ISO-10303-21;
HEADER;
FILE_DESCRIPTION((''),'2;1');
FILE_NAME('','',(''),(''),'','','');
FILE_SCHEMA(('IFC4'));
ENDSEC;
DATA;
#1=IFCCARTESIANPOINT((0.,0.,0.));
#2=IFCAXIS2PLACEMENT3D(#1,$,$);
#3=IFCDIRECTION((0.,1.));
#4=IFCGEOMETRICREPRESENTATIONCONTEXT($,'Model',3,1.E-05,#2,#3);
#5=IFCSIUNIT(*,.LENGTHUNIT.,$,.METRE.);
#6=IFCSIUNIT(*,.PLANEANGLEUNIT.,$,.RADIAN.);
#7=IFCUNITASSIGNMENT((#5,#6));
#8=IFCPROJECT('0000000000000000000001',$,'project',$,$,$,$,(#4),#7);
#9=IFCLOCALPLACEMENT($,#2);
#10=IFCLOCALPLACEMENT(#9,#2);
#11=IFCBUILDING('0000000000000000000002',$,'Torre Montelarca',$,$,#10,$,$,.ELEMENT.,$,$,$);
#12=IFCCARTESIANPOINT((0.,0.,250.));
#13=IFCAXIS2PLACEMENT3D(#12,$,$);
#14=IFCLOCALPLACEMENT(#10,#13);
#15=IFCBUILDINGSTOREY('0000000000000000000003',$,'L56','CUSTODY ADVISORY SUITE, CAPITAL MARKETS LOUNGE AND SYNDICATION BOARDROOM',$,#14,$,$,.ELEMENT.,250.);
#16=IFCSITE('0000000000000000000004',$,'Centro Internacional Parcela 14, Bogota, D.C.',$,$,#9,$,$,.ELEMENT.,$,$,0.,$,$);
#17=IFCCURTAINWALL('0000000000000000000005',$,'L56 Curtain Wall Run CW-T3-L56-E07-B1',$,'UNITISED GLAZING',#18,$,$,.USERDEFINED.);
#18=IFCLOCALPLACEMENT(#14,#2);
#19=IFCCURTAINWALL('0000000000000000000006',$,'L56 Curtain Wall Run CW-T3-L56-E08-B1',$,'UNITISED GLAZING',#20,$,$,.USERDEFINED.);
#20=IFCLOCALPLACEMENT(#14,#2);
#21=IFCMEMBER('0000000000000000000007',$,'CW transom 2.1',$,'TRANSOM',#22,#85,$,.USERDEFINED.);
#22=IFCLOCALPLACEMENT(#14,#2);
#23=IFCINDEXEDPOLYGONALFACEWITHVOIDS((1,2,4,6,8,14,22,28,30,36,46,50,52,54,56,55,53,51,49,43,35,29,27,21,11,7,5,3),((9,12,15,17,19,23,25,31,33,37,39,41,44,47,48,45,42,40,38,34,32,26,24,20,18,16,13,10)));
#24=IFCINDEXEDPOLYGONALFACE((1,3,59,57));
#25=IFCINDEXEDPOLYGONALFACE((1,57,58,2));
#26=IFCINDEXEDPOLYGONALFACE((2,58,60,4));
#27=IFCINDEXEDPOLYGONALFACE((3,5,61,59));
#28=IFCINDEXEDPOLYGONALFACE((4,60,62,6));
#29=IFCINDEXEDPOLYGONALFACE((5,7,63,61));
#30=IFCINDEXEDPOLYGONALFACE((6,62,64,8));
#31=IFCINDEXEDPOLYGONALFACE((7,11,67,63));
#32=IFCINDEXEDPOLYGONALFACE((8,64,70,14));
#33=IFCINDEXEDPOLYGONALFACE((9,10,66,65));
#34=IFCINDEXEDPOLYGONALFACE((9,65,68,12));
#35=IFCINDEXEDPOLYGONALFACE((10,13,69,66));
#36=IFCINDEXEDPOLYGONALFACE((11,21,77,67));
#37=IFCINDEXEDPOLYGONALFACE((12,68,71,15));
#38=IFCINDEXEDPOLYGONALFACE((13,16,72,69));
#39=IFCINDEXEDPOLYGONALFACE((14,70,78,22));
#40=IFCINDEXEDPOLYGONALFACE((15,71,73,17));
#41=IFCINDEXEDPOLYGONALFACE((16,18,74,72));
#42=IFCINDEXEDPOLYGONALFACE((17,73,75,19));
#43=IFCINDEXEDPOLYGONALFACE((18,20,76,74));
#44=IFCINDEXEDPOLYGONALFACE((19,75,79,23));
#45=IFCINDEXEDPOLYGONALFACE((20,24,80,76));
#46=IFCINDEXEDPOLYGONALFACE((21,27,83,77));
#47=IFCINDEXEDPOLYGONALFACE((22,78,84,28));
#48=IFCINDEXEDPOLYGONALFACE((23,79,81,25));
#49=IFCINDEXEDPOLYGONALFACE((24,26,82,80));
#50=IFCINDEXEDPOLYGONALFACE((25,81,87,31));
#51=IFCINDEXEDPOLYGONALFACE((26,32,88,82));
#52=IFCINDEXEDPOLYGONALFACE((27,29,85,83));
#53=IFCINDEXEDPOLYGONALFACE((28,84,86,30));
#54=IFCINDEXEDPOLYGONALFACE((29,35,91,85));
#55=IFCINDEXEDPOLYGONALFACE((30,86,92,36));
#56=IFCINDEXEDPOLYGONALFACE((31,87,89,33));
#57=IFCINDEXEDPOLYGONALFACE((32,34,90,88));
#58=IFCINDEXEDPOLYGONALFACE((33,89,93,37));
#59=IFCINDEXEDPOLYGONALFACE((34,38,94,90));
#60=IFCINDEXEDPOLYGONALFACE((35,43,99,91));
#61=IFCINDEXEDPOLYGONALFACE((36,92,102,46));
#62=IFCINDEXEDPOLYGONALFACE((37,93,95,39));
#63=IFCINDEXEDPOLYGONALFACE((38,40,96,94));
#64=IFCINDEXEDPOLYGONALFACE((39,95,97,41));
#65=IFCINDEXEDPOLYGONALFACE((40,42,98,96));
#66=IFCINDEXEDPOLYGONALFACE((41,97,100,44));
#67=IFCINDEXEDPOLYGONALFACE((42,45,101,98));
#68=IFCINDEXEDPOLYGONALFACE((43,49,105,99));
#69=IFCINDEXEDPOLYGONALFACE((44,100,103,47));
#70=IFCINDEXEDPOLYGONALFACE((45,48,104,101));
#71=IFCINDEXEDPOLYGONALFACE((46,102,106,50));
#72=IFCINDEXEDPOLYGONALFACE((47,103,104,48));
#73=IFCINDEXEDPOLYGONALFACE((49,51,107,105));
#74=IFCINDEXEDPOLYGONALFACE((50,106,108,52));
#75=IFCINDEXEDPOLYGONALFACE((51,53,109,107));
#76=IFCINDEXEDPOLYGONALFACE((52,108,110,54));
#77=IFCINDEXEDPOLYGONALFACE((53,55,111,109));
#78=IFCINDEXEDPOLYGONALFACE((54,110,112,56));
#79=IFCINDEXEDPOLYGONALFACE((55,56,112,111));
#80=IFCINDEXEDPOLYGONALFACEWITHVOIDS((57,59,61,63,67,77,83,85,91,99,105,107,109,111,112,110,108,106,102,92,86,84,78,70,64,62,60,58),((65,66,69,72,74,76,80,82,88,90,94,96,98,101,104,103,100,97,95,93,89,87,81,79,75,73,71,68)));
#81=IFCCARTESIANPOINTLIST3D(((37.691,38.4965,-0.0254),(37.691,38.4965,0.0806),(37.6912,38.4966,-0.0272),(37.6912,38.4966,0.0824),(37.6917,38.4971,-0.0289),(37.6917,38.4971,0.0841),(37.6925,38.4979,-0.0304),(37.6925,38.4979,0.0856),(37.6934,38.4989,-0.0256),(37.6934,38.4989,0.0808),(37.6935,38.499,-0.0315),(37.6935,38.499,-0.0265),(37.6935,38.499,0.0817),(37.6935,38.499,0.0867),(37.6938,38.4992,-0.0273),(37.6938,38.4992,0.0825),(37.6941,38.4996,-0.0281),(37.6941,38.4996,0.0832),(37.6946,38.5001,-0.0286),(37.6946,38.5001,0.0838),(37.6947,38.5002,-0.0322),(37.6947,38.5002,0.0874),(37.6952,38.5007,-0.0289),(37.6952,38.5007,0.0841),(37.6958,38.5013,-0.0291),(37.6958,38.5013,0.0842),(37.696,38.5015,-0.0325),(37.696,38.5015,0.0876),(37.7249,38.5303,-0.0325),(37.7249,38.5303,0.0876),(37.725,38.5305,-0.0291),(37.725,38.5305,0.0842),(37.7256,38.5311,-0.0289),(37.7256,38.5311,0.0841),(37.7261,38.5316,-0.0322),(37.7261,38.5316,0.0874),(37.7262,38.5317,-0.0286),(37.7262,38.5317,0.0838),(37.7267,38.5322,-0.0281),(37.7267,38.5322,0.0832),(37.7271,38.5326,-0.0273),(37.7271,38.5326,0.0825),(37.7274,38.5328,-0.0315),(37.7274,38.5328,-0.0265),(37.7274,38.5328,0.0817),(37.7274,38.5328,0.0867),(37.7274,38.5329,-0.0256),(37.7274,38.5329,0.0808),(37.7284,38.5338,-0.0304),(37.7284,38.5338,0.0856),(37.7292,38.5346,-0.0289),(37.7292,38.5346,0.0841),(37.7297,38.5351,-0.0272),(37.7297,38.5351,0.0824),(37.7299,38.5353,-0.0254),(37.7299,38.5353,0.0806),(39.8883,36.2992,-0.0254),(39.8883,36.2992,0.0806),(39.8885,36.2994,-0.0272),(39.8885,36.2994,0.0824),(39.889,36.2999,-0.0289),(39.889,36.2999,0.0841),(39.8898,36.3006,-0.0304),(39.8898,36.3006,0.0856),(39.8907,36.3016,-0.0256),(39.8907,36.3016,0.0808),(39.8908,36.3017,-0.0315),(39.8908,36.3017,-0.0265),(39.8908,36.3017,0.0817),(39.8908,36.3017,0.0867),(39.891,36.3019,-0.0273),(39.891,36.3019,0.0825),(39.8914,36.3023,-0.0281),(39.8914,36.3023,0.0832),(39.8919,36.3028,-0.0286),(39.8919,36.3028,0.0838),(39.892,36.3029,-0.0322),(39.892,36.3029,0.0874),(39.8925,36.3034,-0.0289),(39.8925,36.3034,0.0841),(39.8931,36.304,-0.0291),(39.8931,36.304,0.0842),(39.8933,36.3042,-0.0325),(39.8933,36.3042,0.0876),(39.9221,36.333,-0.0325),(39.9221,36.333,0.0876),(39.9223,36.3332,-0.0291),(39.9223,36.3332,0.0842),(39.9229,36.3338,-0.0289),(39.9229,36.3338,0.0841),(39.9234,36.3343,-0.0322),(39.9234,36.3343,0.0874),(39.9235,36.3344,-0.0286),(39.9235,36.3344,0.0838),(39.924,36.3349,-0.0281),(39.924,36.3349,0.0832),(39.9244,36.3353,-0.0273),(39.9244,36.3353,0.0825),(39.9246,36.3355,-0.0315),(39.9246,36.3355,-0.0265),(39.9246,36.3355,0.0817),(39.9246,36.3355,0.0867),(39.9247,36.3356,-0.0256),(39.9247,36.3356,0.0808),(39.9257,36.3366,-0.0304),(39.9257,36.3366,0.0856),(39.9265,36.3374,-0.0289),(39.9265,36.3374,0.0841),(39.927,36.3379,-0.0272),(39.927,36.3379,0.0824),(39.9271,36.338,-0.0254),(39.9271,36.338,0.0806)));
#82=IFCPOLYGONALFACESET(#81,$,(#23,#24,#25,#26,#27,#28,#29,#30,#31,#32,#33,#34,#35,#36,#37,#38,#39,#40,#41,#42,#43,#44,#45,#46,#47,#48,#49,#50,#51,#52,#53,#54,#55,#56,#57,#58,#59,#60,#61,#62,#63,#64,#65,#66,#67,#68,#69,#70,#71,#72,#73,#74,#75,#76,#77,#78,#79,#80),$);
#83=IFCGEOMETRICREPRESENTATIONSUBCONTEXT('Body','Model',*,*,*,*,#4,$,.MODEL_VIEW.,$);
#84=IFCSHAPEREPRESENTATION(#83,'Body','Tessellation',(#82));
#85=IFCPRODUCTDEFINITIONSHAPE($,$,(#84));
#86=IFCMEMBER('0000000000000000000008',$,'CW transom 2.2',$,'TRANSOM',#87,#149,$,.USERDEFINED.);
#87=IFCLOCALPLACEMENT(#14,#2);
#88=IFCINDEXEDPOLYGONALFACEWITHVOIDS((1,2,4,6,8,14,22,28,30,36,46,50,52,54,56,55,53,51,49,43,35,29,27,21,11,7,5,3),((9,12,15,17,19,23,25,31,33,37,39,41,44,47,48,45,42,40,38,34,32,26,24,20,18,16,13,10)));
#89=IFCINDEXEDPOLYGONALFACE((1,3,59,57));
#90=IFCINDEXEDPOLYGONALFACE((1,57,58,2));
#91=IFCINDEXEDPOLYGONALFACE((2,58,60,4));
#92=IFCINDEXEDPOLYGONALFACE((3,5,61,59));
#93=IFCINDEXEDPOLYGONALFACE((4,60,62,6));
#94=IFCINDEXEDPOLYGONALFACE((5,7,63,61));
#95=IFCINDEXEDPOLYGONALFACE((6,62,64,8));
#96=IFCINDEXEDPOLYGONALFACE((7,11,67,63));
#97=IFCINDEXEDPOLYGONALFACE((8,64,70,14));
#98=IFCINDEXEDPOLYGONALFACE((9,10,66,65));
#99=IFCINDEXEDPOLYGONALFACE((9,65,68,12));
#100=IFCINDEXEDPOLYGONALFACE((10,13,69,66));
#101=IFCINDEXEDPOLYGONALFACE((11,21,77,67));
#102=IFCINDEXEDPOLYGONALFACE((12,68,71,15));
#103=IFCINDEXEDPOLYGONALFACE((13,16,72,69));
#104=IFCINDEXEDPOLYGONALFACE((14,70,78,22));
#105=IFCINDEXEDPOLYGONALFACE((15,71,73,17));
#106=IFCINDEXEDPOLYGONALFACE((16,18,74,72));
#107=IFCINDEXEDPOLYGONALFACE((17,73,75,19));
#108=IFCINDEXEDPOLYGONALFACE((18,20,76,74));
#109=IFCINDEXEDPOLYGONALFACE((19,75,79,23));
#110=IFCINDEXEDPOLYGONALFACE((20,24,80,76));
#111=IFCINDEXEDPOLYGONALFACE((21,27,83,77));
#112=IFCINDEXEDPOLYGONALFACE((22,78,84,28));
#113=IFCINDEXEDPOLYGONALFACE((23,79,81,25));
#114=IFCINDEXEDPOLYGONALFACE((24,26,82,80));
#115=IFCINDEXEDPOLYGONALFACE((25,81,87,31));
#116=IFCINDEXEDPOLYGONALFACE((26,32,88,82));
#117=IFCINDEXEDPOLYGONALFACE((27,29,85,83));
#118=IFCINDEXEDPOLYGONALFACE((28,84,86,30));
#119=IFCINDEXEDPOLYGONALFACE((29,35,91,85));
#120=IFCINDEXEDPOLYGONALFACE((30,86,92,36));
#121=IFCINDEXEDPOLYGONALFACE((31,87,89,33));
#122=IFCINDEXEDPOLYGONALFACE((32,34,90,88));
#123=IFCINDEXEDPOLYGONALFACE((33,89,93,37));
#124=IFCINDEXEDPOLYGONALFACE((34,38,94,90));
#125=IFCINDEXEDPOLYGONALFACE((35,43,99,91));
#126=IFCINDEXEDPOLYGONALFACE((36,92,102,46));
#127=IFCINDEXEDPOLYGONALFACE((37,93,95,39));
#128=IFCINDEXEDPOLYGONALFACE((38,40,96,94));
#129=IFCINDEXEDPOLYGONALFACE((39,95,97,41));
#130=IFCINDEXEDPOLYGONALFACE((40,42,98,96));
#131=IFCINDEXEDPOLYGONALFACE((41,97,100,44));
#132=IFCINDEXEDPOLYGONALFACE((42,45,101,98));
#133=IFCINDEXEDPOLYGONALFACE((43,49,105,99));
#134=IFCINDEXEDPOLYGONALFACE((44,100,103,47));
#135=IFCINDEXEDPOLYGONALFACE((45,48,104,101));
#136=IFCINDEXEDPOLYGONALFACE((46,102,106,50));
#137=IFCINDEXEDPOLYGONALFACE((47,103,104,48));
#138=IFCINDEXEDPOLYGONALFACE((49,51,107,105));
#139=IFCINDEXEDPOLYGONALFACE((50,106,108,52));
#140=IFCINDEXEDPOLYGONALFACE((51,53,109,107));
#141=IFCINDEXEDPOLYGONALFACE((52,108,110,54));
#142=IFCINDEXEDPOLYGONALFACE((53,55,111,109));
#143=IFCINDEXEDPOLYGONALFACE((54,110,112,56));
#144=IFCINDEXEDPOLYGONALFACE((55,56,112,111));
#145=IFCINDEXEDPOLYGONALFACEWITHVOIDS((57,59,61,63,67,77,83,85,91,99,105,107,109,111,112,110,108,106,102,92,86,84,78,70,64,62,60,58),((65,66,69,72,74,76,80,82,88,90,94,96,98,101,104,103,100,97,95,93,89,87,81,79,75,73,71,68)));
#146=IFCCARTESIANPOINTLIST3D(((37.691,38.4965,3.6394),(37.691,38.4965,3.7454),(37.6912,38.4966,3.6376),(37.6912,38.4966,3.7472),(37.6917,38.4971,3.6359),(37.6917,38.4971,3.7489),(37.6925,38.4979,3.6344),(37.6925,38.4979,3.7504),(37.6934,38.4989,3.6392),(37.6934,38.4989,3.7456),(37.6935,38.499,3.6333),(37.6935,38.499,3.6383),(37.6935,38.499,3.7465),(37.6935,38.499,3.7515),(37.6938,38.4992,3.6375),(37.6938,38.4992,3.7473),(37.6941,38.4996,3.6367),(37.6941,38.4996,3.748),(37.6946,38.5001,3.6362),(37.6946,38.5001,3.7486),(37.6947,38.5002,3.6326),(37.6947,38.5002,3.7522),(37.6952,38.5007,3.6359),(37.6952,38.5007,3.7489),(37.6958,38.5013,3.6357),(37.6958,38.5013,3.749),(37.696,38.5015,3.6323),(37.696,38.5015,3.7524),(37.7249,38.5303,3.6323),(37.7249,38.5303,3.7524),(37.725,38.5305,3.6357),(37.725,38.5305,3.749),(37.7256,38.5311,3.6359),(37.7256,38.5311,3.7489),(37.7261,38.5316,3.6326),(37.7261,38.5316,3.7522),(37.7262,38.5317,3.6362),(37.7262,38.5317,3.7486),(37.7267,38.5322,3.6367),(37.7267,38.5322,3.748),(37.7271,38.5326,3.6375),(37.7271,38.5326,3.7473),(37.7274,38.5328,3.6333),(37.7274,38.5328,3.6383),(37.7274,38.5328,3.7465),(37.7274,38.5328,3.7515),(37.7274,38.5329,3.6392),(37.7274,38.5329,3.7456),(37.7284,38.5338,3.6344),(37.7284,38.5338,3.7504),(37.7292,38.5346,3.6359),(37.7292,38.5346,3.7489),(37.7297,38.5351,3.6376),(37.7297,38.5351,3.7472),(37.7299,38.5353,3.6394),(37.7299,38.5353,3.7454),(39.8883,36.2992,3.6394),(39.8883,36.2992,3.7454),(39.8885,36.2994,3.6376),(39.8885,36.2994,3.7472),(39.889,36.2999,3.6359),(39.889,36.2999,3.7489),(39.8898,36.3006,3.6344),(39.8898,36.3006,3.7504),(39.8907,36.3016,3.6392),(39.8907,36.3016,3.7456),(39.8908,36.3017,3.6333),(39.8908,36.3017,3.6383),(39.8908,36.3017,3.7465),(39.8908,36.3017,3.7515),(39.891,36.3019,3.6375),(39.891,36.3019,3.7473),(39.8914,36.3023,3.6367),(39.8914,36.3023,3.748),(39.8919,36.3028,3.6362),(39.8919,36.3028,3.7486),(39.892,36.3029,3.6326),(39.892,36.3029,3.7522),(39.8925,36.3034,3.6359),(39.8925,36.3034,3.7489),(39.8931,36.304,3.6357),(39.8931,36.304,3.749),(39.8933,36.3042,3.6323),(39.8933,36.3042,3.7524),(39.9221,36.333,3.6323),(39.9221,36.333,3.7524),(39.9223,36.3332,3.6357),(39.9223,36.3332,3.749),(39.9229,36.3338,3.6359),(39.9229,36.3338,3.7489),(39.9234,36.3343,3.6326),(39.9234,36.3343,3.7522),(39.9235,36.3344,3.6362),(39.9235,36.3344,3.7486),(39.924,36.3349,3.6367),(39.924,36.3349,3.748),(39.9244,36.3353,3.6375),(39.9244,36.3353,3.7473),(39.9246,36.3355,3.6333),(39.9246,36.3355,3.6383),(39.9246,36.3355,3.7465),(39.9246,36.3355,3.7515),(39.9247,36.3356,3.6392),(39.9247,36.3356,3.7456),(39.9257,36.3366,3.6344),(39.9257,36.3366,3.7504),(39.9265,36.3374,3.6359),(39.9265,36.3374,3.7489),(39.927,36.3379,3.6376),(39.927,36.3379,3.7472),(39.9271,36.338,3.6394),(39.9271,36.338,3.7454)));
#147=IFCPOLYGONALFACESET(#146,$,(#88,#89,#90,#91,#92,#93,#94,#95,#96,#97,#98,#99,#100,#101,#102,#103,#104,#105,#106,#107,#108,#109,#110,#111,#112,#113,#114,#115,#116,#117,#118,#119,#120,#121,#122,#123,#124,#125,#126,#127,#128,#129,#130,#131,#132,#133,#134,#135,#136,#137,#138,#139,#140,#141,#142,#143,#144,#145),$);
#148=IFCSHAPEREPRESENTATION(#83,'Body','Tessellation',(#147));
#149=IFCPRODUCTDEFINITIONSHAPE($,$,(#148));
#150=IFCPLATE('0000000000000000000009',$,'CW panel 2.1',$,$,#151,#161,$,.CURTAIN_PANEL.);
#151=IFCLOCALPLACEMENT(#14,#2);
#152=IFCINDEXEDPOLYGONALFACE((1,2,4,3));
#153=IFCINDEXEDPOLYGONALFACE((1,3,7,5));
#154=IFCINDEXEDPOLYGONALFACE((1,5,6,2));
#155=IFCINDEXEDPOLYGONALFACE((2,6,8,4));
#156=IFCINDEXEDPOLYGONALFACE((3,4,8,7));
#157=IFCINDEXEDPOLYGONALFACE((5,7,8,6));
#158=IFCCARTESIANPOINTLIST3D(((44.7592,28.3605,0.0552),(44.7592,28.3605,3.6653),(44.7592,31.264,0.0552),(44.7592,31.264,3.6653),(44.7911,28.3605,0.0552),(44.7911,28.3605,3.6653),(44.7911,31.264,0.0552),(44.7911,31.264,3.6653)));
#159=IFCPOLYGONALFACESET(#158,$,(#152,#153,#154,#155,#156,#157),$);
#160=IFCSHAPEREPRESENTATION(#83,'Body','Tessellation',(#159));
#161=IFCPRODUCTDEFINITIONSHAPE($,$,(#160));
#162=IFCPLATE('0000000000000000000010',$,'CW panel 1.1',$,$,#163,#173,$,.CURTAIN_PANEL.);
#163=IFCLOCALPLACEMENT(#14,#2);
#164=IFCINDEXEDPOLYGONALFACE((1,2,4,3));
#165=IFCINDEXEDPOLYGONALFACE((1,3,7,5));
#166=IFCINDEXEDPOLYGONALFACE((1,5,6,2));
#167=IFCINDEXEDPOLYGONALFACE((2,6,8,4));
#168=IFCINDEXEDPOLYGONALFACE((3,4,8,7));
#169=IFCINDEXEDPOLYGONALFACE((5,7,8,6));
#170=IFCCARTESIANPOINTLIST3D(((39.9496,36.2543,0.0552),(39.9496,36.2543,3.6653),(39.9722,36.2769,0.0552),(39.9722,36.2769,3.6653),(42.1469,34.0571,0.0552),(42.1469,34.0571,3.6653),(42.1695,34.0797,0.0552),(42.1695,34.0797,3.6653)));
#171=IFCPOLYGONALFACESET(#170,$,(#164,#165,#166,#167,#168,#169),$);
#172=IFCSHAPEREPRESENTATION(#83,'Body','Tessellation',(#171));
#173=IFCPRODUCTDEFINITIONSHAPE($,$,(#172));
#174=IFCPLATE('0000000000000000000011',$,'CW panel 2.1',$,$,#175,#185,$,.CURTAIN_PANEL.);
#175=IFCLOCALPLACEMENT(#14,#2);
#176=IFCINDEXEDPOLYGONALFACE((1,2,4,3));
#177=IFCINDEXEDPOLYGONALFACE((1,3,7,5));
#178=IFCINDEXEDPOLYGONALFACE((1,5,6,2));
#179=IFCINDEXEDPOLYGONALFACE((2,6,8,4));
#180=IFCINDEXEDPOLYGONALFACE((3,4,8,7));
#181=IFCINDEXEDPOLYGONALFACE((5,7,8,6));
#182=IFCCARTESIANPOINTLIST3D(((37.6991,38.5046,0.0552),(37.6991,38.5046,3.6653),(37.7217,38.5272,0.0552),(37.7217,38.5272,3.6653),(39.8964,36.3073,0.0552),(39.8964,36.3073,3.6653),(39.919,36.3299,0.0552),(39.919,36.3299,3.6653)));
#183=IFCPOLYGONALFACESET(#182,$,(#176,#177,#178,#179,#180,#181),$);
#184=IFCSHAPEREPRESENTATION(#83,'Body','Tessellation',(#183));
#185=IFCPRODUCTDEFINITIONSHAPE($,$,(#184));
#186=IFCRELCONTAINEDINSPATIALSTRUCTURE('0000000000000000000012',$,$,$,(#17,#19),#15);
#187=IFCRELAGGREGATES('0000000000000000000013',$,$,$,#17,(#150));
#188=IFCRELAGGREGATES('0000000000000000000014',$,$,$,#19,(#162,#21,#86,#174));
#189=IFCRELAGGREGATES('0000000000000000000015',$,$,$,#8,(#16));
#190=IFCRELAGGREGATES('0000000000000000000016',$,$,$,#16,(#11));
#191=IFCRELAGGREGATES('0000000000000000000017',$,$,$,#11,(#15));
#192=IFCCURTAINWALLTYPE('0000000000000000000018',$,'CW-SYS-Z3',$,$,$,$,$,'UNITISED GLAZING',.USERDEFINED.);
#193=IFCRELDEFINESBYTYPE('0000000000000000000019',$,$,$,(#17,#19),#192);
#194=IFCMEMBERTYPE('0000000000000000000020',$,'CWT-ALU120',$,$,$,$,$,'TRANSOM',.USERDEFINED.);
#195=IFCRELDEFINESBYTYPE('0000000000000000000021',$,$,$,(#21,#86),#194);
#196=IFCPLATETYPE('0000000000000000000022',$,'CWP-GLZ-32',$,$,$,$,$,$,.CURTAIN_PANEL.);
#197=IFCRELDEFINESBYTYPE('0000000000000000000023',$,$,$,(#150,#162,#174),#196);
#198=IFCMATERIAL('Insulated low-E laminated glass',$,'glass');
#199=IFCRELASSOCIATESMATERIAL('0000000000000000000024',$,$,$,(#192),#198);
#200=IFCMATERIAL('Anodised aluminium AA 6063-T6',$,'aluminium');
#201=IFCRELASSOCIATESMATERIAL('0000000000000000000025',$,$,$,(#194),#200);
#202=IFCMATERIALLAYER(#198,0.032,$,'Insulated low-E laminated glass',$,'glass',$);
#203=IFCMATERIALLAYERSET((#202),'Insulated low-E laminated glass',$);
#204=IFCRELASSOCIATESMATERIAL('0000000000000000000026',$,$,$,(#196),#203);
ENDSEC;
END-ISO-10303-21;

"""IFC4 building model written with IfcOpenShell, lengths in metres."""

from ifc_helpers import new_model, si_unit, direction, frame, origin, origin_2d, place, context, subcontext, project, spatial, rectangle, hollow_rectangle, extrude, source, transform, mapped, material, layer, layer_set, material_profile, profile_set, type_object, element, aggregate, save


model = new_model("IFC4")

# Units and contexts
model_context = context("Model", 3, precision=1e-05, world=origin(), true_north=direction((0.0, 1.0)))
body_context = subcontext(model_context, "Body", "Model", "MODEL_VIEW")
ifc_project = project(units=[si_unit("LENGTHUNIT", "METRE"), si_unit("PLANEANGLEUNIT", "RADIAN")], contexts=[model_context])

# Site, building, storey
site_placement = place(None, origin())
site = spatial("IfcSite", under=ifc_project, at=site_placement, Name="Centro Internacional Parcela 14, Bogota, D.C.", CompositionType="ELEMENT", RefElevation=0.0)
building_placement = place(site_placement, origin())
building = spatial("IfcBuilding", under=site, at=building_placement, Name="Torre Montelarca", CompositionType="ELEMENT")
storey_placement = place(building_placement, frame((0.0, 0.0, 250.0)))
storey = spatial("IfcBuildingStorey", under=building, at=storey_placement, Name="L56", Description="CUSTODY ADVISORY SUITE, CAPITAL MARKETS LOUNGE AND SYNDICATION BOARDROOM", CompositionType="ELEMENT", Elevation=250.0)

# Curtain wall
ifc_material_1 = material(Name="Insulated low-E laminated glass", Category="glass")
curtain_wall_type = type_object("IfcCurtainWallType", Name="CW-SYS-Z3", ElementType="UNITISED GLAZING", PredefinedType="USERDEFINED", material=ifc_material_1)
curtain_wall_1_placement = place(storey_placement, origin())
curtain_wall_1 = element("IfcCurtainWall", 1, at=curtain_wall_1_placement, inside=storey, type_object=curtain_wall_type, Name="L56 Curtain Wall Run CW-T3-L56-E07-B1", ObjectType="UNITISED GLAZING", PredefinedType="USERDEFINED")
ifc_material_2 = material(Name="Anodised aluminium AA 6063-T6", Category="aluminium")

# Curtain wall, members
curtain_wall_2_placement = place(storey_placement, origin())
curtain_wall_2 = element("IfcCurtainWall", 2, at=curtain_wall_2_placement, inside=storey, type_object=curtain_wall_type, Name="L56 Curtain Wall Run CW-T3-L56-E08-B1", ObjectType="UNITISED GLAZING", PredefinedType="USERDEFINED")
ifc_material_profile_1 = material_profile(ifc_material_2, hollow_rectangle(XDim=0.0549, YDim=0.1201, WallThickness=0.0034, InnerFilletRadius=0.0034, OuterFilletRadius=0.0071, at=origin_2d()), Name="ALU55X120X3.5", Category="aluminium")
ifc_profile_set_1 = profile_set([ifc_material_profile_1], Name="Anodised aluminium AA 6063-T6")
member_type_1 = type_object("IfcMemberType", Name="CWT-ALU120", ElementType="TRANSOM", PredefinedType="USERDEFINED", material=ifc_profile_set_1)
shared_shape_1 = source(origin(), body_context, "Body", "SweptSolid", [
    extrude(hollow_rectangle(XDim=0.0549, YDim=0.1201, WallThickness=0.0034, InnerFilletRadius=0.0034, OuterFilletRadius=0.0071, at=origin_2d()), origin(), (0.0, 0.0, 1.0), 3.1074),
])
member_1_placement = place(storey_placement, frame((39.9077, 36.3186, 0.0276), z_axis=(-0.707107, 0.707107, 0.0), x_axis=(-0.707107, -0.707107, 0.0)))
member_1 = element("IfcMember", 3, at=member_1_placement, type_object=member_type_1, Name="CW transom 2.1", ObjectType="TRANSOM", PredefinedType="USERDEFINED", context=body_context, shape_type="MappedRepresentation", body=[
    mapped(shared_shape_1, transform((0.0, 0.0, 0.0), scale=1.0)),
])
member_2_placement = place(storey_placement, frame((39.9077, 36.3186, 3.6924), z_axis=(-0.707107, 0.707107, 0.0), x_axis=(-0.707107, -0.707107, 0.0)))
member_2 = element("IfcMember", 4, at=member_2_placement, type_object=member_type_1, Name="CW transom 2.2", ObjectType="TRANSOM", PredefinedType="USERDEFINED", context=body_context, shape_type="MappedRepresentation", body=[
    mapped(shared_shape_1, transform((0.0, 0.0, 0.0), scale=1.0)),
])

# Plates
ifc_layer_1 = layer(ifc_material_1, 0.032, Name="Insulated low-E laminated glass", Category="glass")
ifc_layer_set_1 = layer_set([ifc_layer_1], Name="Insulated low-E laminated glass")
plate_type = type_object("IfcPlateType", Name="CWP-GLZ-32", PredefinedType="CURTAIN_PANEL", material=ifc_layer_set_1)
shared_shape_2 = source(origin(), body_context, "Body", "SweptSolid", [
    extrude(rectangle(XDim=2.9036, YDim=0.032, at=origin_2d()), origin(), (0.0, 0.0, 1.0), 3.6101),
])
plate_1_placement = place(storey_placement, frame((44.7751, 29.8123, 0.0552), z_axis=(0.0, 0.0, 1.0), x_axis=(0.0, 1.0, 0.0)))
plate_1 = element("IfcPlate", 5, at=plate_1_placement, type_object=plate_type, Name="CW panel 2.1", PredefinedType="CURTAIN_PANEL", context=body_context, shape_type="MappedRepresentation", body=[
    mapped(shared_shape_2, transform((0.0, 0.0, 0.0), scale=1.0)),
])
aggregate(curtain_wall_1, [plate_1])
shared_shape_3 = source(origin(), body_context, "Body", "SweptSolid", [
    extrude(rectangle(XDim=3.1074, YDim=0.032, at=origin_2d()), origin(), (0.0, 0.0, 1.0), 3.6101),
])
plate_2_placement = place(storey_placement, frame((41.0596, 35.167, 0.0552), z_axis=(0.0, 0.0, 1.0), x_axis=(-0.707115, 0.707099, 0.0)))
plate_2 = element("IfcPlate", 6, at=plate_2_placement, type_object=plate_type, Name="CW panel 1.1", PredefinedType="CURTAIN_PANEL", context=body_context, shape_type="MappedRepresentation", body=[
    mapped(shared_shape_3, transform((0.0, 0.0, 0.0), scale=1.0)),
])
plate_3_placement = place(storey_placement, frame((38.8091, 37.4172, 0.0552), z_axis=(0.0, 0.0, 1.0), x_axis=(-0.707115, 0.707099, 0.0)))
plate_3 = element("IfcPlate", 7, at=plate_3_placement, type_object=plate_type, Name="CW panel 2.1", PredefinedType="CURTAIN_PANEL", context=body_context, shape_type="MappedRepresentation", body=[
    mapped(shared_shape_3, transform((0.0, 0.0, 0.0), scale=1.0)),
])
aggregate(curtain_wall_2, [plate_2, member_1, member_2, plate_3])

save(model, "model.ifc")
